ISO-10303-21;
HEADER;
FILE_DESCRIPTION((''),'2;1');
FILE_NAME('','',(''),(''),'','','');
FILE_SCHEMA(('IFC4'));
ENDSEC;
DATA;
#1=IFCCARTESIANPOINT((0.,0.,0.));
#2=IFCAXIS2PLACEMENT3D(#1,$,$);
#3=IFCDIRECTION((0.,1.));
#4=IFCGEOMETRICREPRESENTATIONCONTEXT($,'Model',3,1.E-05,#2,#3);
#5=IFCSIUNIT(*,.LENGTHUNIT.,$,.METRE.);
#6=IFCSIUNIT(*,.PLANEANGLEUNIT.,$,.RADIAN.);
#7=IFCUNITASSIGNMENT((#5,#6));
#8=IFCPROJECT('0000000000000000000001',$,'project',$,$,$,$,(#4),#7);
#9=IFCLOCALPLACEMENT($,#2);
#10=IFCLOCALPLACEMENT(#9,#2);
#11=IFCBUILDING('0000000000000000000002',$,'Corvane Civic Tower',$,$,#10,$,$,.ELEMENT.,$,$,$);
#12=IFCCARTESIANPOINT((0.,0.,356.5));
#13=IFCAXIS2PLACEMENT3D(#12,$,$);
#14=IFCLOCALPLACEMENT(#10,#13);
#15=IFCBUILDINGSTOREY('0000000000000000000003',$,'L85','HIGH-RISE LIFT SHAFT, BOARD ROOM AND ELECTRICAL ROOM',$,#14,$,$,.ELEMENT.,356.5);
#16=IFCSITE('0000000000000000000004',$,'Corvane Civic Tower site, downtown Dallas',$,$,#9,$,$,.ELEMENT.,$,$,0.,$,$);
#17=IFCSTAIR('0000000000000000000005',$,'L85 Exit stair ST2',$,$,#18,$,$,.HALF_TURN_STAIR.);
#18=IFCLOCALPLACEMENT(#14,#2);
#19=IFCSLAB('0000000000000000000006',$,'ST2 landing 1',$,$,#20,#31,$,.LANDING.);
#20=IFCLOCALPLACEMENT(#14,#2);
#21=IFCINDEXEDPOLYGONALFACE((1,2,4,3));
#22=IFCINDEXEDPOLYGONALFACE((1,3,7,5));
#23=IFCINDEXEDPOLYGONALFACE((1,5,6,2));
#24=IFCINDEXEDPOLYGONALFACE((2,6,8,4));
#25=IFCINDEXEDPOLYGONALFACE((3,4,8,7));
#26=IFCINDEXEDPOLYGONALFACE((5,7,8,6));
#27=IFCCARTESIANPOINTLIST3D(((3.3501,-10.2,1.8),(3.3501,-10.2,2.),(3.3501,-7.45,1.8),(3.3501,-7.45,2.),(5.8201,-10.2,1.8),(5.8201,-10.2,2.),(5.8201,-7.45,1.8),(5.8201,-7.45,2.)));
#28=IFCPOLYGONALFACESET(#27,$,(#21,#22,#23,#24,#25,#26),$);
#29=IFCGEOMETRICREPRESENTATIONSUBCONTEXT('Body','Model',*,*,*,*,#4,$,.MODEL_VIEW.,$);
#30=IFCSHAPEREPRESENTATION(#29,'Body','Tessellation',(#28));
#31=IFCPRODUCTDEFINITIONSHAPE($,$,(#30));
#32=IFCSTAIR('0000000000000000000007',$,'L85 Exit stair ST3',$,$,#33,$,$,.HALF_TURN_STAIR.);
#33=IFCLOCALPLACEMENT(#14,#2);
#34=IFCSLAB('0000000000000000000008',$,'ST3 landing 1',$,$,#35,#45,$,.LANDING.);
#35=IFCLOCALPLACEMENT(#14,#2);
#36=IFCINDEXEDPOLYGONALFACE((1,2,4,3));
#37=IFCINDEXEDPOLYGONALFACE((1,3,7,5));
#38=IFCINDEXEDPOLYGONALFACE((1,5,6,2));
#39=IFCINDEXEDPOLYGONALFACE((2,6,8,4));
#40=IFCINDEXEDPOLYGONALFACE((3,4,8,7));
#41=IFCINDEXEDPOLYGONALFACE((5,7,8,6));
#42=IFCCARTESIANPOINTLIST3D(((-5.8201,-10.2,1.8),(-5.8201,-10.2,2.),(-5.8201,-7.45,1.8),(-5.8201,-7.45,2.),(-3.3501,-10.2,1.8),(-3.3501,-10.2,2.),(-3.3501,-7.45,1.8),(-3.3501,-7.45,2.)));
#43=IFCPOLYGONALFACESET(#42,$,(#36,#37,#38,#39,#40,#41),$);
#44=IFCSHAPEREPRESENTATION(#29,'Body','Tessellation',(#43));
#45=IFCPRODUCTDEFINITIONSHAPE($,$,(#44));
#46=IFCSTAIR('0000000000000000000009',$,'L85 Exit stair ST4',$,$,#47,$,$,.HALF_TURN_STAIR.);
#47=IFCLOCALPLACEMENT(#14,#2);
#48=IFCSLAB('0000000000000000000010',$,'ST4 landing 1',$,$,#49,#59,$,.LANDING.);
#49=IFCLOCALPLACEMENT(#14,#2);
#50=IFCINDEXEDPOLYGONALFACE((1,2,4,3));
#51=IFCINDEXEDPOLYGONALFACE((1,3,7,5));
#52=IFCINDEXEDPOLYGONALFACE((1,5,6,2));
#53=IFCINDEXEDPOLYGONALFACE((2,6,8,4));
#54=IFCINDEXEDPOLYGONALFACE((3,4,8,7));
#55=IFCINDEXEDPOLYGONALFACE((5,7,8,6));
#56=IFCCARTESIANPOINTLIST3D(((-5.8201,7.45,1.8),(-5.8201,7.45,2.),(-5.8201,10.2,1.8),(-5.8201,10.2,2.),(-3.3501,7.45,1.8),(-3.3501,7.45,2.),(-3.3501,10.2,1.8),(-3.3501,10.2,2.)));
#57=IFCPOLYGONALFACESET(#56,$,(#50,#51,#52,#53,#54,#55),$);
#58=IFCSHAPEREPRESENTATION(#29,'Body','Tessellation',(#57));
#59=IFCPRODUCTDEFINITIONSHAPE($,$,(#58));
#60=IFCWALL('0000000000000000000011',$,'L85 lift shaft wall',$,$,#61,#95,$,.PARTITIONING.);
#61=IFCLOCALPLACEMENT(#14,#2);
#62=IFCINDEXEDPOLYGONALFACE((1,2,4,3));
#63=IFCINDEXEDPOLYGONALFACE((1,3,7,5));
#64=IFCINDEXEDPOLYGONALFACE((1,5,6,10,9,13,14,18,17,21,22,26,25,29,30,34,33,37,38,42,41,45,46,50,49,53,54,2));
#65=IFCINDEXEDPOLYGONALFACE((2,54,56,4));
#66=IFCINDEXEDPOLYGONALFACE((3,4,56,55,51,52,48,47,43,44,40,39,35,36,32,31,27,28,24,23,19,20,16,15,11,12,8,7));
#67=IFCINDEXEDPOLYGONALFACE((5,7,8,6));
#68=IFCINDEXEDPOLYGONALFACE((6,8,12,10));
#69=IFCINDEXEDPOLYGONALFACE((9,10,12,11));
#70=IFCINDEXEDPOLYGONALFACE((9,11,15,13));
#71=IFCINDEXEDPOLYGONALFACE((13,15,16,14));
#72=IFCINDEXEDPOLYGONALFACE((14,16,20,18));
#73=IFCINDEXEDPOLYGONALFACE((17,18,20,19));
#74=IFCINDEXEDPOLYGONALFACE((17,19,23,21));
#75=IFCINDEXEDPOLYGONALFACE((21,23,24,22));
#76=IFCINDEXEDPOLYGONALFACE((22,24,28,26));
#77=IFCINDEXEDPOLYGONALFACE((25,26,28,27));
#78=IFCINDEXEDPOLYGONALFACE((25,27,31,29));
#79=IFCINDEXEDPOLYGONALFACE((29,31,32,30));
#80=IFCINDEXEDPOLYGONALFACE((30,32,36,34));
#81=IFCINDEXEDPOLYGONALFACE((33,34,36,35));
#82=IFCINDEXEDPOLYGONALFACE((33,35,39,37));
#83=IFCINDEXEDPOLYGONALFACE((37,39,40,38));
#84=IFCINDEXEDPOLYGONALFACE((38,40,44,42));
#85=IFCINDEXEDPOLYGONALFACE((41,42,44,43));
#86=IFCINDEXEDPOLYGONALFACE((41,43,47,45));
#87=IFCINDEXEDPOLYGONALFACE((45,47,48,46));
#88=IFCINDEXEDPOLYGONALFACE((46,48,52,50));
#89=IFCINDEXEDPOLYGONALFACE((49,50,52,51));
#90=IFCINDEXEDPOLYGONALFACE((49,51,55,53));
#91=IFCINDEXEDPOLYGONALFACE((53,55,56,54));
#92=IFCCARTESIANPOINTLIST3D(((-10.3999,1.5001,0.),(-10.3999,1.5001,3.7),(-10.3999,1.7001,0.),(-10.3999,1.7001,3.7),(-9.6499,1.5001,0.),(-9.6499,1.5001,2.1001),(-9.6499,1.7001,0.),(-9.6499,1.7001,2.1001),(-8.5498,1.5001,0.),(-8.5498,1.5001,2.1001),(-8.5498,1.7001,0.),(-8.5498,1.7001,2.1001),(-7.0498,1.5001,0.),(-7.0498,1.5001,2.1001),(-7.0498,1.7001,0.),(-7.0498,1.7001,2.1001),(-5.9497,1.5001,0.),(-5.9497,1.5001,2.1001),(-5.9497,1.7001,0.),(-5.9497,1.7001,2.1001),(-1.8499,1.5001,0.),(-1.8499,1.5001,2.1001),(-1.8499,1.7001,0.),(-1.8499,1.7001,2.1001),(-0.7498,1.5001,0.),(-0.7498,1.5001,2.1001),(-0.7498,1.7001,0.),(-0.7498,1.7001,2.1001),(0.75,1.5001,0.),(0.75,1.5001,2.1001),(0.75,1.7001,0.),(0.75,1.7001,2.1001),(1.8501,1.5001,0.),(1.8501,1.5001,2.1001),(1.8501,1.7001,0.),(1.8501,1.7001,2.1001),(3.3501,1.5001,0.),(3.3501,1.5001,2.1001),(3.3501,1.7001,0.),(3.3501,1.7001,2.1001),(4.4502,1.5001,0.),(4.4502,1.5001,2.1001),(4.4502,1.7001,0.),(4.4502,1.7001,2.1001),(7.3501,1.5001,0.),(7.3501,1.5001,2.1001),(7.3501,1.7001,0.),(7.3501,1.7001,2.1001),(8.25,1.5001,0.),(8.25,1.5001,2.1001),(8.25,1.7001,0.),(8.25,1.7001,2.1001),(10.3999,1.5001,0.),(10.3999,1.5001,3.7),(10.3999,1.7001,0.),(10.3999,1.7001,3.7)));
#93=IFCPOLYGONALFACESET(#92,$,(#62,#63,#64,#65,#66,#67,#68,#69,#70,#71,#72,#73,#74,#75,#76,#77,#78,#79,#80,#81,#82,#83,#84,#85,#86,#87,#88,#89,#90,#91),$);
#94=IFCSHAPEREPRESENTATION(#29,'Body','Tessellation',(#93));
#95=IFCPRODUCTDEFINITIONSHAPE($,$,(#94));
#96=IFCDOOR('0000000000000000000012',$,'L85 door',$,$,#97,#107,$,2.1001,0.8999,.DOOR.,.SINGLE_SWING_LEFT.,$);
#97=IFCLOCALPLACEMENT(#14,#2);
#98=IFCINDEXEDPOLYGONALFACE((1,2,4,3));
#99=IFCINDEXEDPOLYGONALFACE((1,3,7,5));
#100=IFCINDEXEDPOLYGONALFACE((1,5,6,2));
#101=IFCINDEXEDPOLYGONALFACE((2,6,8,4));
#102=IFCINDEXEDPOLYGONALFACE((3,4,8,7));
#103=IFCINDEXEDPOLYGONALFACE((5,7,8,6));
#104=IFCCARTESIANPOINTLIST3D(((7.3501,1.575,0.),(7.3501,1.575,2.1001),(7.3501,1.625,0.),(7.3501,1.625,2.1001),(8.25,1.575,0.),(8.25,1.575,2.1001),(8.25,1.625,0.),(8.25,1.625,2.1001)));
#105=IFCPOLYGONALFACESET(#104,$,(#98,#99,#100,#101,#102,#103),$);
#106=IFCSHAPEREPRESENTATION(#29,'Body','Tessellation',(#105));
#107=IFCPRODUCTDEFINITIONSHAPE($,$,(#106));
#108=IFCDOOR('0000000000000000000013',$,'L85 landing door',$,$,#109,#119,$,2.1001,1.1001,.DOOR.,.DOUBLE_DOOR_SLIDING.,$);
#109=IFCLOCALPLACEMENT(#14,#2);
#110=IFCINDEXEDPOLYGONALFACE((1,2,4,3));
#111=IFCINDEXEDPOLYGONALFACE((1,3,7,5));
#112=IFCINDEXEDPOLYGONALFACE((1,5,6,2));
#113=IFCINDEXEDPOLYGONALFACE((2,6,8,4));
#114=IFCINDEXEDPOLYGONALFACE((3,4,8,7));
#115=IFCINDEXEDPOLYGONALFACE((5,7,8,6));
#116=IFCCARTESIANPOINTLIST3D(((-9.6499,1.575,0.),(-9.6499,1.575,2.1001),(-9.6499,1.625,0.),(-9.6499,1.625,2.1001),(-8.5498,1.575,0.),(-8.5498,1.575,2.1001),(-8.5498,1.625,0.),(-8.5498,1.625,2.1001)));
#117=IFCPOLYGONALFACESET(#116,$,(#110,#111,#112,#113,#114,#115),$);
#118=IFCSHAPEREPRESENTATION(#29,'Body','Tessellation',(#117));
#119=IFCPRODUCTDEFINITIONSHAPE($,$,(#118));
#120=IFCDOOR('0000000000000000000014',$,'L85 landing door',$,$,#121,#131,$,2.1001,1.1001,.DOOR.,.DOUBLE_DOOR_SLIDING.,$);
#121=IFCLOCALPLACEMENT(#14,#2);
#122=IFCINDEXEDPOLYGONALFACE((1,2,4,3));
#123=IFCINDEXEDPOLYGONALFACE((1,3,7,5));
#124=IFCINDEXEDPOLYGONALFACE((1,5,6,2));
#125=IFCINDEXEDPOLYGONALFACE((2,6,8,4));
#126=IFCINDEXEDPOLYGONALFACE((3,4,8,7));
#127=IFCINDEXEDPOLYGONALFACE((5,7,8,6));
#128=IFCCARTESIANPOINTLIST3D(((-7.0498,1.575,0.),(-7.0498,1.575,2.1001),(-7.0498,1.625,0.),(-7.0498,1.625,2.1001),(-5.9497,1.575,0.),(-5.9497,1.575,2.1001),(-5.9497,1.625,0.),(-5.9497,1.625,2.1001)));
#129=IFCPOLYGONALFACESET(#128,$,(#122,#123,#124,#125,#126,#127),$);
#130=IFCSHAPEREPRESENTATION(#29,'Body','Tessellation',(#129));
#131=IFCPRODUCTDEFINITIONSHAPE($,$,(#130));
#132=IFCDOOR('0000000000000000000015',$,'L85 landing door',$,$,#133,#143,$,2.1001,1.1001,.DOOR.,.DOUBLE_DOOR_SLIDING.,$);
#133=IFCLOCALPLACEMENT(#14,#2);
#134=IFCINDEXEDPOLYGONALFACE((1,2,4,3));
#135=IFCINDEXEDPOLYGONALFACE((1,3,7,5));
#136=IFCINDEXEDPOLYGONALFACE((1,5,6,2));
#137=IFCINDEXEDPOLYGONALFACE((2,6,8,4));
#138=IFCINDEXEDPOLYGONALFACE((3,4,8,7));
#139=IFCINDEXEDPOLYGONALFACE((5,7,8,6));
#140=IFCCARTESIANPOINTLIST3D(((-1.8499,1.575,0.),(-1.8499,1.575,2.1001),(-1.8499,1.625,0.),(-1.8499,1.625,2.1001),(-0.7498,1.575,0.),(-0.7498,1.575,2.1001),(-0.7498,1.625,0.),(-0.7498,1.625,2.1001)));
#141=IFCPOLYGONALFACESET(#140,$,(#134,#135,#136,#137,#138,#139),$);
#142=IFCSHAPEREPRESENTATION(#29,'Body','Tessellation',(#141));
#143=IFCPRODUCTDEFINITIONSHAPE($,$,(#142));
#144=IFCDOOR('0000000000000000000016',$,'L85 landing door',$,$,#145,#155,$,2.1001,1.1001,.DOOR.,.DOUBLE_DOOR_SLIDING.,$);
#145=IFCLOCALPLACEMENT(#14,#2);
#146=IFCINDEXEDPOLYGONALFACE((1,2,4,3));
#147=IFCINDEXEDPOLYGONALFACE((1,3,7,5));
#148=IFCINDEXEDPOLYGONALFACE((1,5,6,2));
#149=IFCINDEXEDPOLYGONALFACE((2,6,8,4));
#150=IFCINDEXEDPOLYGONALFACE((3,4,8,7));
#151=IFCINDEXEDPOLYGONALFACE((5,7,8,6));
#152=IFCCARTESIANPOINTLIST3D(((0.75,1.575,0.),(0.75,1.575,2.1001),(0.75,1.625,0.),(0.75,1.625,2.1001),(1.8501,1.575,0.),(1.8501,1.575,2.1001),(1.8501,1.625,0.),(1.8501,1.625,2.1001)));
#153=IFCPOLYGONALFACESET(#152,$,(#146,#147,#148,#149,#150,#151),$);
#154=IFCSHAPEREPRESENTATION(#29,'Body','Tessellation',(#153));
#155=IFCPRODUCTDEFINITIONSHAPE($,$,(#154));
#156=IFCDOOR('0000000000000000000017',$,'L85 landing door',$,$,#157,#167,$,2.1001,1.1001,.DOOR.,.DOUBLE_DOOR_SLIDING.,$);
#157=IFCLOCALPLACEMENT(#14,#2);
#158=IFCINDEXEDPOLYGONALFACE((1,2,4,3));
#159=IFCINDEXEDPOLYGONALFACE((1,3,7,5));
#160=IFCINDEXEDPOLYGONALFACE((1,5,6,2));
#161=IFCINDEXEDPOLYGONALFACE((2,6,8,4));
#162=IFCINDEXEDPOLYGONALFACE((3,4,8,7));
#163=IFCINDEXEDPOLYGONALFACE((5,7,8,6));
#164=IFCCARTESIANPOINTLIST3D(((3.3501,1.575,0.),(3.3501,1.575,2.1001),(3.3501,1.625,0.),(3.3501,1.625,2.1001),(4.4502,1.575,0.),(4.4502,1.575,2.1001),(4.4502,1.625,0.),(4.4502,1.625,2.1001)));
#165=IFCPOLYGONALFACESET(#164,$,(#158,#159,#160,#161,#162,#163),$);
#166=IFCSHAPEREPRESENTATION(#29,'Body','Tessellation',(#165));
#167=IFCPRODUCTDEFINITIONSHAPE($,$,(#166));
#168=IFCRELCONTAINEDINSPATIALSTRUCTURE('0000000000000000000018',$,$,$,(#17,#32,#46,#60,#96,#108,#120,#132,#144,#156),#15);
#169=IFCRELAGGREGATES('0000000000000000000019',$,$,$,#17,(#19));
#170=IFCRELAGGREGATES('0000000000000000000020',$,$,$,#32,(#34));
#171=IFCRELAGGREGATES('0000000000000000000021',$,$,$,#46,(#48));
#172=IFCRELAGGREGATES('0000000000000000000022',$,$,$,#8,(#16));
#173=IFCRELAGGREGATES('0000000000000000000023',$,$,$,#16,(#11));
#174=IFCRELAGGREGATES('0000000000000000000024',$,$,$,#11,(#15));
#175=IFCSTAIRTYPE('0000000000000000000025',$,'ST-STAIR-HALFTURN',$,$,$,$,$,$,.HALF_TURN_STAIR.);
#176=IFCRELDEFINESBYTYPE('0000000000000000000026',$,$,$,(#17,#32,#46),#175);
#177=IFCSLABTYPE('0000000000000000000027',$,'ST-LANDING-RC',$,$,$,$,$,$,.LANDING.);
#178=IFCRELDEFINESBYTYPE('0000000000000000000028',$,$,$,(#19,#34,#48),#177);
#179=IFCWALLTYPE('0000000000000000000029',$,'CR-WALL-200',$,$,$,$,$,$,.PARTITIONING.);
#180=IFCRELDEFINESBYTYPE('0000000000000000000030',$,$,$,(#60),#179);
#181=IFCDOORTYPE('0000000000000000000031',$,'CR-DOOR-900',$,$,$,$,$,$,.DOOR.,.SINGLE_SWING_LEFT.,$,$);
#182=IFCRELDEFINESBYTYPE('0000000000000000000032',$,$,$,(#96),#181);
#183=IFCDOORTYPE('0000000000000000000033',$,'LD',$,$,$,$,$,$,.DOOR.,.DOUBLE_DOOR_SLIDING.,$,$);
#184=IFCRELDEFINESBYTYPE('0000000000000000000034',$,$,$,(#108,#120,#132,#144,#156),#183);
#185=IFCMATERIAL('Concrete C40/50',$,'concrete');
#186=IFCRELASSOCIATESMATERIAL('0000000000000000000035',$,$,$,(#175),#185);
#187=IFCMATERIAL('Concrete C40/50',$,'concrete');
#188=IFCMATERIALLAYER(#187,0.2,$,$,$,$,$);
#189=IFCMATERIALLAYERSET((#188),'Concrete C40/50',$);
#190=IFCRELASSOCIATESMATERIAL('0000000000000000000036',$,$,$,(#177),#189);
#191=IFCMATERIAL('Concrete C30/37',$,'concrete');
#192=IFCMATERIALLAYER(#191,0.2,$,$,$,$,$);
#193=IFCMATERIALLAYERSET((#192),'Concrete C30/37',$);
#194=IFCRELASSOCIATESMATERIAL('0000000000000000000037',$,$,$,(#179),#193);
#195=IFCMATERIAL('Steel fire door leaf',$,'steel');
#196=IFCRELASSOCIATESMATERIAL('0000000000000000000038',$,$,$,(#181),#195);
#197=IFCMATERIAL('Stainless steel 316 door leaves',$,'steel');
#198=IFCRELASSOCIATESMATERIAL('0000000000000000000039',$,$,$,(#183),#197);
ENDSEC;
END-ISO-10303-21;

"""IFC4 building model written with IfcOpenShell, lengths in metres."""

from ifc_helpers import new_model, si_unit, direction, frame, frame_2d, origin, place, context, subcontext, project, spatial, polyline, rectangle, outline, extrude, material, layer, layer_set, type_object, element, fill, aggregate, save


model = new_model("IFC4")

# Units and contexts
model_context = context("Model", 3, precision=1e-05, world=origin(), true_north=direction((0.0, 1.0)))
body_context = subcontext(model_context, "Body", "Model", "MODEL_VIEW")
ifc_project = project(units=[si_unit("LENGTHUNIT", "METRE"), si_unit("PLANEANGLEUNIT", "RADIAN")], contexts=[model_context])

# Site, building, storey
site_placement = place(None, origin())
site = spatial("IfcSite", under=ifc_project, at=site_placement, Name="Corvane Civic Tower site, downtown Dallas", CompositionType="ELEMENT", RefElevation=0.0)
building_placement = place(site_placement, origin())
building = spatial("IfcBuilding", under=site, at=building_placement, Name="Corvane Civic Tower", CompositionType="ELEMENT")
storey_placement = place(building_placement, frame((0.0, 0.0, 356.5)))
storey = spatial("IfcBuildingStorey", under=building, at=storey_placement, Name="L85", Description="HIGH-RISE LIFT SHAFT, BOARD ROOM AND ELECTRICAL ROOM", CompositionType="ELEMENT", Elevation=356.5)

# Stairs, slabs
ifc_material_1 = material(Name="Concrete C40/50", Category="concrete")
stair_type = type_object("IfcStairType", Name="ST-STAIR-HALFTURN", PredefinedType="HALF_TURN_STAIR", material=ifc_material_1)
ifc_material_2 = material(Name="Concrete C40/50", Category="concrete")
ifc_layer_1 = layer(ifc_material_2, 0.2)
ifc_layer_set_1 = layer_set([ifc_layer_1], Name="Concrete C40/50")
slab_type_1 = type_object("IfcSlabType", Name="ST-LANDING-RC", PredefinedType="LANDING", material=ifc_layer_set_1)
stair_1_placement = place(storey_placement, origin())
stair_1 = element("IfcStair", 1, at=stair_1_placement, inside=storey, type_object=stair_type, Name="L85 Exit stair ST2", PredefinedType="HALF_TURN_STAIR")
slab_1_placement = place(storey_placement, frame((0.0, 0.0, 1.8)))
slab_1 = element("IfcSlab", 2, at=slab_1_placement, type_object=slab_type_1, Name="ST2 landing 1", PredefinedType="LANDING", context=body_context, shape_type="SweptSolid", body=[
    extrude(outline(polyline([(5.8201, -7.45), (3.3501, -7.45), (3.3501, -10.2), (5.8201, -10.2), (5.8201, -7.45)])), origin(), (0.0, 0.0, 1.0), 0.2),
])
aggregate(stair_1, [slab_1])
stair_2_placement = place(storey_placement, origin())
stair_2 = element("IfcStair", 3, at=stair_2_placement, inside=storey, type_object=stair_type, Name="L85 Exit stair ST3", PredefinedType="HALF_TURN_STAIR")
slab_2_placement = place(storey_placement, frame((0.0, 0.0, 1.8)))
slab_2 = element("IfcSlab", 4, at=slab_2_placement, type_object=slab_type_1, Name="ST3 landing 1", PredefinedType="LANDING", context=body_context, shape_type="SweptSolid", body=[
    extrude(outline(polyline([(-5.8201, -10.2), (-3.3501, -10.2), (-3.3501, -7.45), (-5.8201, -7.45), (-5.8201, -10.2)])), origin(), (0.0, 0.0, 1.0), 0.2),
])
aggregate(stair_2, [slab_2])
stair_3_placement = place(storey_placement, origin())
stair_3 = element("IfcStair", 5, at=stair_3_placement, inside=storey, type_object=stair_type, Name="L85 Exit stair ST4", PredefinedType="HALF_TURN_STAIR")
slab_3_placement = place(storey_placement, frame((0.0, 0.0, 1.8)))
slab_3 = element("IfcSlab", 6, at=slab_3_placement, type_object=slab_type_1, Name="ST4 landing 1", PredefinedType="LANDING", context=body_context, shape_type="SweptSolid", body=[
    extrude(outline(polyline([(-5.8201, 7.45), (-3.3501, 7.45), (-3.3501, 10.2), (-5.8201, 10.2), (-5.8201, 7.45)])), origin(), (0.0, 0.0, 1.0), 0.2),
])

# Wall, openings, doors
ifc_material_3 = material(Name="Concrete C30/37", Category="concrete")
ifc_layer_2 = layer(ifc_material_3, 0.2)
ifc_layer_set_2 = layer_set([ifc_layer_2], Name="Concrete C30/37")
wall_type_1 = type_object("IfcWallType", Name="CR-WALL-200", PredefinedType="PARTITIONING", material=ifc_layer_set_2)
wall_1_placement = place(storey_placement, frame((-10.3999, 1.6001, 0.0), z_axis=(0.0, 0.0, 1.0), x_axis=(1.0, 0.0, 0.0)))
wall_1 = element("IfcWall", 7, at=wall_1_placement, inside=storey, type_object=wall_type_1, Name="L85 lift shaft wall", PredefinedType="PARTITIONING", context=body_context, shape_type="SweptSolid", body=[
    extrude(rectangle(XDim=20.7998, YDim=0.2, at=frame_2d((10.3999, 0.0))), origin(), (0.0, 0.0, 1.0), 3.7),
])
opening_1_placement = place(wall_1_placement, frame((0.75, 0.0, 0.0)))
opening_1 = element("IfcOpeningElement", 8, at=opening_1_placement, cuts=wall_1, PredefinedType="OPENING", context=body_context, shape_type="SweptSolid", body=[
    extrude(rectangle(XDim=1.1001, YDim=2.1001, at=frame_2d((0.55, 1.05))), frame((0.0, 0.1099, 0.0), z_axis=(0.0, -1.0, 0.0), x_axis=(1.0, 0.0, 0.0)), (0.0, 0.0, 1.0), 0.22),
])
opening_2_placement = place(wall_1_placement, frame((3.3501, 0.0, 0.0)))
opening_2 = element("IfcOpeningElement", 9, at=opening_2_placement, cuts=wall_1, PredefinedType="OPENING", context=body_context, shape_type="SweptSolid", body=[
    extrude(rectangle(XDim=1.1001, YDim=2.1001, at=frame_2d((0.55, 1.05))), frame((0.0, 0.1099, 0.0), z_axis=(0.0, -1.0, 0.0), x_axis=(1.0, 0.0, 0.0)), (0.0, 0.0, 1.0), 0.22),
])
opening_3_placement = place(wall_1_placement, frame((8.55, 0.0, 0.0)))
opening_3 = element("IfcOpeningElement", 10, at=opening_3_placement, cuts=wall_1, PredefinedType="OPENING", context=body_context, shape_type="SweptSolid", body=[
    extrude(rectangle(XDim=1.1001, YDim=2.1001, at=frame_2d((0.55, 1.05))), frame((0.0, 0.1099, 0.0), z_axis=(0.0, -1.0, 0.0), x_axis=(1.0, 0.0, 0.0)), (0.0, 0.0, 1.0), 0.22),
])
opening_4_placement = place(wall_1_placement, frame((11.1499, 0.0, 0.0)))
opening_4 = element("IfcOpeningElement", 11, at=opening_4_placement, cuts=wall_1, PredefinedType="OPENING", context=body_context, shape_type="SweptSolid", body=[
    extrude(rectangle(XDim=1.1001, YDim=2.1001, at=frame_2d((0.55, 1.05))), frame((0.0, 0.1099, 0.0), z_axis=(0.0, -1.0, 0.0), x_axis=(1.0, 0.0, 0.0)), (0.0, 0.0, 1.0), 0.22),
])
opening_5_placement = place(wall_1_placement, frame((13.75, 0.0, 0.0)))
opening_5 = element("IfcOpeningElement", 12, at=opening_5_placement, cuts=wall_1, PredefinedType="OPENING", context=body_context, shape_type="SweptSolid", body=[
    extrude(rectangle(XDim=1.1001, YDim=2.1001, at=frame_2d((0.55, 1.05))), frame((0.0, 0.1099, 0.0), z_axis=(0.0, -1.0, 0.0), x_axis=(1.0, 0.0, 0.0)), (0.0, 0.0, 1.0), 0.22),
])
opening_6_placement = place(wall_1_placement, frame((17.75, 0.0, 0.0)))
opening_6 = element("IfcOpeningElement", 13, at=opening_6_placement, cuts=wall_1, PredefinedType="OPENING", context=body_context, shape_type="SweptSolid", body=[
    extrude(rectangle(XDim=0.8999, YDim=2.1001, at=frame_2d((0.45, 1.05))), frame((0.0, 0.1099, 0.0), z_axis=(0.0, -1.0, 0.0), x_axis=(1.0, 0.0, 0.0)), (0.0, 0.0, 1.0), 0.22),
])
ifc_material_4 = material(Name="Steel fire door leaf", Category="steel")
door_type_1 = type_object("IfcDoorType", Name="CR-DOOR-900", OperationType="SINGLE_SWING_LEFT", PredefinedType="DOOR", material=ifc_material_4)
door_1_placement = place(opening_6_placement, origin())
door_1 = element("IfcDoor", 14, at=door_1_placement, inside=storey, type_object=door_type_1, Name="L85 door", OperationType="SINGLE_SWING_LEFT", OverallHeight=2.1001, OverallWidth=0.8999, PredefinedType="DOOR", context=body_context, shape_type="SweptSolid", body=[
    extrude(rectangle(XDim=0.8999, YDim=2.1001, at=frame_2d((0.45, 1.05))), frame((0.0, 0.0249, 0.0), z_axis=(0.0, -1.0, 0.0), x_axis=(1.0, 0.0, 0.0)), (0.0, 0.0, 1.0), 0.05),
])
fill(opening_6, door_1)
ifc_material_5 = material(Name="Stainless steel 316 door leaves", Category="steel")
door_type_2 = type_object("IfcDoorType", Name="LD", OperationType="DOUBLE_DOOR_SLIDING", PredefinedType="DOOR", material=ifc_material_5)
door_2_placement = place(opening_1_placement, origin())
door_2 = element("IfcDoor", 15, at=door_2_placement, inside=storey, type_object=door_type_2, Name="L85 landing door", OperationType="DOUBLE_DOOR_SLIDING", OverallHeight=2.1001, OverallWidth=1.1001, PredefinedType="DOOR", context=body_context, shape_type="SweptSolid", body=[
    extrude(rectangle(XDim=1.1001, YDim=2.1001, at=frame_2d((0.55, 1.05))), frame((0.0, 0.0249, 0.0), z_axis=(0.0, -1.0, 0.0), x_axis=(1.0, 0.0, 0.0)), (0.0, 0.0, 1.0), 0.05),
])
fill(opening_1, door_2)
door_3_placement = place(opening_2_placement, origin())
door_3 = element("IfcDoor", 16, at=door_3_placement, inside=storey, type_object=door_type_2, Name="L85 landing door", OperationType="DOUBLE_DOOR_SLIDING", OverallHeight=2.1001, OverallWidth=1.1001, PredefinedType="DOOR", context=body_context, shape_type="SweptSolid", body=[
    extrude(rectangle(XDim=1.1001, YDim=2.1001, at=frame_2d((0.55, 1.05))), frame((0.0, 0.0249, 0.0), z_axis=(0.0, -1.0, 0.0), x_axis=(1.0, 0.0, 0.0)), (0.0, 0.0, 1.0), 0.05),
])
fill(opening_2, door_3)
door_4_placement = place(opening_3_placement, origin())
door_4 = element("IfcDoor", 17, at=door_4_placement, inside=storey, type_object=door_type_2, Name="L85 landing door", OperationType="DOUBLE_DOOR_SLIDING", OverallHeight=2.1001, OverallWidth=1.1001, PredefinedType="DOOR", context=body_context, shape_type="SweptSolid", body=[
    extrude(rectangle(XDim=1.1001, YDim=2.1001, at=frame_2d((0.55, 1.05))), frame((0.0, 0.0249, 0.0), z_axis=(0.0, -1.0, 0.0), x_axis=(1.0, 0.0, 0.0)), (0.0, 0.0, 1.0), 0.05),
])
fill(opening_3, door_4)
door_5_placement = place(opening_4_placement, origin())
door_5 = element("IfcDoor", 18, at=door_5_placement, inside=storey, type_object=door_type_2, Name="L85 landing door", OperationType="DOUBLE_DOOR_SLIDING", OverallHeight=2.1001, OverallWidth=1.1001, PredefinedType="DOOR", context=body_context, shape_type="SweptSolid", body=[
    extrude(rectangle(XDim=1.1001, YDim=2.1001, at=frame_2d((0.55, 1.05))), frame((0.0, 0.0249, 0.0), z_axis=(0.0, -1.0, 0.0), x_axis=(1.0, 0.0, 0.0)), (0.0, 0.0, 1.0), 0.05),
])
fill(opening_4, door_5)
door_6_placement = place(opening_5_placement, origin())
door_6 = element("IfcDoor", 19, at=door_6_placement, inside=storey, type_object=door_type_2, Name="L85 landing door", OperationType="DOUBLE_DOOR_SLIDING", OverallHeight=2.1001, OverallWidth=1.1001, PredefinedType="DOOR", context=body_context, shape_type="SweptSolid", body=[
    extrude(rectangle(XDim=1.1001, YDim=2.1001, at=frame_2d((0.55, 1.05))), frame((0.0, 0.0249, 0.0), z_axis=(0.0, -1.0, 0.0), x_axis=(1.0, 0.0, 0.0)), (0.0, 0.0, 1.0), 0.05),
])
fill(opening_5, door_6)

aggregate(stair_3, [slab_3])

save(model, "model.ifc")
